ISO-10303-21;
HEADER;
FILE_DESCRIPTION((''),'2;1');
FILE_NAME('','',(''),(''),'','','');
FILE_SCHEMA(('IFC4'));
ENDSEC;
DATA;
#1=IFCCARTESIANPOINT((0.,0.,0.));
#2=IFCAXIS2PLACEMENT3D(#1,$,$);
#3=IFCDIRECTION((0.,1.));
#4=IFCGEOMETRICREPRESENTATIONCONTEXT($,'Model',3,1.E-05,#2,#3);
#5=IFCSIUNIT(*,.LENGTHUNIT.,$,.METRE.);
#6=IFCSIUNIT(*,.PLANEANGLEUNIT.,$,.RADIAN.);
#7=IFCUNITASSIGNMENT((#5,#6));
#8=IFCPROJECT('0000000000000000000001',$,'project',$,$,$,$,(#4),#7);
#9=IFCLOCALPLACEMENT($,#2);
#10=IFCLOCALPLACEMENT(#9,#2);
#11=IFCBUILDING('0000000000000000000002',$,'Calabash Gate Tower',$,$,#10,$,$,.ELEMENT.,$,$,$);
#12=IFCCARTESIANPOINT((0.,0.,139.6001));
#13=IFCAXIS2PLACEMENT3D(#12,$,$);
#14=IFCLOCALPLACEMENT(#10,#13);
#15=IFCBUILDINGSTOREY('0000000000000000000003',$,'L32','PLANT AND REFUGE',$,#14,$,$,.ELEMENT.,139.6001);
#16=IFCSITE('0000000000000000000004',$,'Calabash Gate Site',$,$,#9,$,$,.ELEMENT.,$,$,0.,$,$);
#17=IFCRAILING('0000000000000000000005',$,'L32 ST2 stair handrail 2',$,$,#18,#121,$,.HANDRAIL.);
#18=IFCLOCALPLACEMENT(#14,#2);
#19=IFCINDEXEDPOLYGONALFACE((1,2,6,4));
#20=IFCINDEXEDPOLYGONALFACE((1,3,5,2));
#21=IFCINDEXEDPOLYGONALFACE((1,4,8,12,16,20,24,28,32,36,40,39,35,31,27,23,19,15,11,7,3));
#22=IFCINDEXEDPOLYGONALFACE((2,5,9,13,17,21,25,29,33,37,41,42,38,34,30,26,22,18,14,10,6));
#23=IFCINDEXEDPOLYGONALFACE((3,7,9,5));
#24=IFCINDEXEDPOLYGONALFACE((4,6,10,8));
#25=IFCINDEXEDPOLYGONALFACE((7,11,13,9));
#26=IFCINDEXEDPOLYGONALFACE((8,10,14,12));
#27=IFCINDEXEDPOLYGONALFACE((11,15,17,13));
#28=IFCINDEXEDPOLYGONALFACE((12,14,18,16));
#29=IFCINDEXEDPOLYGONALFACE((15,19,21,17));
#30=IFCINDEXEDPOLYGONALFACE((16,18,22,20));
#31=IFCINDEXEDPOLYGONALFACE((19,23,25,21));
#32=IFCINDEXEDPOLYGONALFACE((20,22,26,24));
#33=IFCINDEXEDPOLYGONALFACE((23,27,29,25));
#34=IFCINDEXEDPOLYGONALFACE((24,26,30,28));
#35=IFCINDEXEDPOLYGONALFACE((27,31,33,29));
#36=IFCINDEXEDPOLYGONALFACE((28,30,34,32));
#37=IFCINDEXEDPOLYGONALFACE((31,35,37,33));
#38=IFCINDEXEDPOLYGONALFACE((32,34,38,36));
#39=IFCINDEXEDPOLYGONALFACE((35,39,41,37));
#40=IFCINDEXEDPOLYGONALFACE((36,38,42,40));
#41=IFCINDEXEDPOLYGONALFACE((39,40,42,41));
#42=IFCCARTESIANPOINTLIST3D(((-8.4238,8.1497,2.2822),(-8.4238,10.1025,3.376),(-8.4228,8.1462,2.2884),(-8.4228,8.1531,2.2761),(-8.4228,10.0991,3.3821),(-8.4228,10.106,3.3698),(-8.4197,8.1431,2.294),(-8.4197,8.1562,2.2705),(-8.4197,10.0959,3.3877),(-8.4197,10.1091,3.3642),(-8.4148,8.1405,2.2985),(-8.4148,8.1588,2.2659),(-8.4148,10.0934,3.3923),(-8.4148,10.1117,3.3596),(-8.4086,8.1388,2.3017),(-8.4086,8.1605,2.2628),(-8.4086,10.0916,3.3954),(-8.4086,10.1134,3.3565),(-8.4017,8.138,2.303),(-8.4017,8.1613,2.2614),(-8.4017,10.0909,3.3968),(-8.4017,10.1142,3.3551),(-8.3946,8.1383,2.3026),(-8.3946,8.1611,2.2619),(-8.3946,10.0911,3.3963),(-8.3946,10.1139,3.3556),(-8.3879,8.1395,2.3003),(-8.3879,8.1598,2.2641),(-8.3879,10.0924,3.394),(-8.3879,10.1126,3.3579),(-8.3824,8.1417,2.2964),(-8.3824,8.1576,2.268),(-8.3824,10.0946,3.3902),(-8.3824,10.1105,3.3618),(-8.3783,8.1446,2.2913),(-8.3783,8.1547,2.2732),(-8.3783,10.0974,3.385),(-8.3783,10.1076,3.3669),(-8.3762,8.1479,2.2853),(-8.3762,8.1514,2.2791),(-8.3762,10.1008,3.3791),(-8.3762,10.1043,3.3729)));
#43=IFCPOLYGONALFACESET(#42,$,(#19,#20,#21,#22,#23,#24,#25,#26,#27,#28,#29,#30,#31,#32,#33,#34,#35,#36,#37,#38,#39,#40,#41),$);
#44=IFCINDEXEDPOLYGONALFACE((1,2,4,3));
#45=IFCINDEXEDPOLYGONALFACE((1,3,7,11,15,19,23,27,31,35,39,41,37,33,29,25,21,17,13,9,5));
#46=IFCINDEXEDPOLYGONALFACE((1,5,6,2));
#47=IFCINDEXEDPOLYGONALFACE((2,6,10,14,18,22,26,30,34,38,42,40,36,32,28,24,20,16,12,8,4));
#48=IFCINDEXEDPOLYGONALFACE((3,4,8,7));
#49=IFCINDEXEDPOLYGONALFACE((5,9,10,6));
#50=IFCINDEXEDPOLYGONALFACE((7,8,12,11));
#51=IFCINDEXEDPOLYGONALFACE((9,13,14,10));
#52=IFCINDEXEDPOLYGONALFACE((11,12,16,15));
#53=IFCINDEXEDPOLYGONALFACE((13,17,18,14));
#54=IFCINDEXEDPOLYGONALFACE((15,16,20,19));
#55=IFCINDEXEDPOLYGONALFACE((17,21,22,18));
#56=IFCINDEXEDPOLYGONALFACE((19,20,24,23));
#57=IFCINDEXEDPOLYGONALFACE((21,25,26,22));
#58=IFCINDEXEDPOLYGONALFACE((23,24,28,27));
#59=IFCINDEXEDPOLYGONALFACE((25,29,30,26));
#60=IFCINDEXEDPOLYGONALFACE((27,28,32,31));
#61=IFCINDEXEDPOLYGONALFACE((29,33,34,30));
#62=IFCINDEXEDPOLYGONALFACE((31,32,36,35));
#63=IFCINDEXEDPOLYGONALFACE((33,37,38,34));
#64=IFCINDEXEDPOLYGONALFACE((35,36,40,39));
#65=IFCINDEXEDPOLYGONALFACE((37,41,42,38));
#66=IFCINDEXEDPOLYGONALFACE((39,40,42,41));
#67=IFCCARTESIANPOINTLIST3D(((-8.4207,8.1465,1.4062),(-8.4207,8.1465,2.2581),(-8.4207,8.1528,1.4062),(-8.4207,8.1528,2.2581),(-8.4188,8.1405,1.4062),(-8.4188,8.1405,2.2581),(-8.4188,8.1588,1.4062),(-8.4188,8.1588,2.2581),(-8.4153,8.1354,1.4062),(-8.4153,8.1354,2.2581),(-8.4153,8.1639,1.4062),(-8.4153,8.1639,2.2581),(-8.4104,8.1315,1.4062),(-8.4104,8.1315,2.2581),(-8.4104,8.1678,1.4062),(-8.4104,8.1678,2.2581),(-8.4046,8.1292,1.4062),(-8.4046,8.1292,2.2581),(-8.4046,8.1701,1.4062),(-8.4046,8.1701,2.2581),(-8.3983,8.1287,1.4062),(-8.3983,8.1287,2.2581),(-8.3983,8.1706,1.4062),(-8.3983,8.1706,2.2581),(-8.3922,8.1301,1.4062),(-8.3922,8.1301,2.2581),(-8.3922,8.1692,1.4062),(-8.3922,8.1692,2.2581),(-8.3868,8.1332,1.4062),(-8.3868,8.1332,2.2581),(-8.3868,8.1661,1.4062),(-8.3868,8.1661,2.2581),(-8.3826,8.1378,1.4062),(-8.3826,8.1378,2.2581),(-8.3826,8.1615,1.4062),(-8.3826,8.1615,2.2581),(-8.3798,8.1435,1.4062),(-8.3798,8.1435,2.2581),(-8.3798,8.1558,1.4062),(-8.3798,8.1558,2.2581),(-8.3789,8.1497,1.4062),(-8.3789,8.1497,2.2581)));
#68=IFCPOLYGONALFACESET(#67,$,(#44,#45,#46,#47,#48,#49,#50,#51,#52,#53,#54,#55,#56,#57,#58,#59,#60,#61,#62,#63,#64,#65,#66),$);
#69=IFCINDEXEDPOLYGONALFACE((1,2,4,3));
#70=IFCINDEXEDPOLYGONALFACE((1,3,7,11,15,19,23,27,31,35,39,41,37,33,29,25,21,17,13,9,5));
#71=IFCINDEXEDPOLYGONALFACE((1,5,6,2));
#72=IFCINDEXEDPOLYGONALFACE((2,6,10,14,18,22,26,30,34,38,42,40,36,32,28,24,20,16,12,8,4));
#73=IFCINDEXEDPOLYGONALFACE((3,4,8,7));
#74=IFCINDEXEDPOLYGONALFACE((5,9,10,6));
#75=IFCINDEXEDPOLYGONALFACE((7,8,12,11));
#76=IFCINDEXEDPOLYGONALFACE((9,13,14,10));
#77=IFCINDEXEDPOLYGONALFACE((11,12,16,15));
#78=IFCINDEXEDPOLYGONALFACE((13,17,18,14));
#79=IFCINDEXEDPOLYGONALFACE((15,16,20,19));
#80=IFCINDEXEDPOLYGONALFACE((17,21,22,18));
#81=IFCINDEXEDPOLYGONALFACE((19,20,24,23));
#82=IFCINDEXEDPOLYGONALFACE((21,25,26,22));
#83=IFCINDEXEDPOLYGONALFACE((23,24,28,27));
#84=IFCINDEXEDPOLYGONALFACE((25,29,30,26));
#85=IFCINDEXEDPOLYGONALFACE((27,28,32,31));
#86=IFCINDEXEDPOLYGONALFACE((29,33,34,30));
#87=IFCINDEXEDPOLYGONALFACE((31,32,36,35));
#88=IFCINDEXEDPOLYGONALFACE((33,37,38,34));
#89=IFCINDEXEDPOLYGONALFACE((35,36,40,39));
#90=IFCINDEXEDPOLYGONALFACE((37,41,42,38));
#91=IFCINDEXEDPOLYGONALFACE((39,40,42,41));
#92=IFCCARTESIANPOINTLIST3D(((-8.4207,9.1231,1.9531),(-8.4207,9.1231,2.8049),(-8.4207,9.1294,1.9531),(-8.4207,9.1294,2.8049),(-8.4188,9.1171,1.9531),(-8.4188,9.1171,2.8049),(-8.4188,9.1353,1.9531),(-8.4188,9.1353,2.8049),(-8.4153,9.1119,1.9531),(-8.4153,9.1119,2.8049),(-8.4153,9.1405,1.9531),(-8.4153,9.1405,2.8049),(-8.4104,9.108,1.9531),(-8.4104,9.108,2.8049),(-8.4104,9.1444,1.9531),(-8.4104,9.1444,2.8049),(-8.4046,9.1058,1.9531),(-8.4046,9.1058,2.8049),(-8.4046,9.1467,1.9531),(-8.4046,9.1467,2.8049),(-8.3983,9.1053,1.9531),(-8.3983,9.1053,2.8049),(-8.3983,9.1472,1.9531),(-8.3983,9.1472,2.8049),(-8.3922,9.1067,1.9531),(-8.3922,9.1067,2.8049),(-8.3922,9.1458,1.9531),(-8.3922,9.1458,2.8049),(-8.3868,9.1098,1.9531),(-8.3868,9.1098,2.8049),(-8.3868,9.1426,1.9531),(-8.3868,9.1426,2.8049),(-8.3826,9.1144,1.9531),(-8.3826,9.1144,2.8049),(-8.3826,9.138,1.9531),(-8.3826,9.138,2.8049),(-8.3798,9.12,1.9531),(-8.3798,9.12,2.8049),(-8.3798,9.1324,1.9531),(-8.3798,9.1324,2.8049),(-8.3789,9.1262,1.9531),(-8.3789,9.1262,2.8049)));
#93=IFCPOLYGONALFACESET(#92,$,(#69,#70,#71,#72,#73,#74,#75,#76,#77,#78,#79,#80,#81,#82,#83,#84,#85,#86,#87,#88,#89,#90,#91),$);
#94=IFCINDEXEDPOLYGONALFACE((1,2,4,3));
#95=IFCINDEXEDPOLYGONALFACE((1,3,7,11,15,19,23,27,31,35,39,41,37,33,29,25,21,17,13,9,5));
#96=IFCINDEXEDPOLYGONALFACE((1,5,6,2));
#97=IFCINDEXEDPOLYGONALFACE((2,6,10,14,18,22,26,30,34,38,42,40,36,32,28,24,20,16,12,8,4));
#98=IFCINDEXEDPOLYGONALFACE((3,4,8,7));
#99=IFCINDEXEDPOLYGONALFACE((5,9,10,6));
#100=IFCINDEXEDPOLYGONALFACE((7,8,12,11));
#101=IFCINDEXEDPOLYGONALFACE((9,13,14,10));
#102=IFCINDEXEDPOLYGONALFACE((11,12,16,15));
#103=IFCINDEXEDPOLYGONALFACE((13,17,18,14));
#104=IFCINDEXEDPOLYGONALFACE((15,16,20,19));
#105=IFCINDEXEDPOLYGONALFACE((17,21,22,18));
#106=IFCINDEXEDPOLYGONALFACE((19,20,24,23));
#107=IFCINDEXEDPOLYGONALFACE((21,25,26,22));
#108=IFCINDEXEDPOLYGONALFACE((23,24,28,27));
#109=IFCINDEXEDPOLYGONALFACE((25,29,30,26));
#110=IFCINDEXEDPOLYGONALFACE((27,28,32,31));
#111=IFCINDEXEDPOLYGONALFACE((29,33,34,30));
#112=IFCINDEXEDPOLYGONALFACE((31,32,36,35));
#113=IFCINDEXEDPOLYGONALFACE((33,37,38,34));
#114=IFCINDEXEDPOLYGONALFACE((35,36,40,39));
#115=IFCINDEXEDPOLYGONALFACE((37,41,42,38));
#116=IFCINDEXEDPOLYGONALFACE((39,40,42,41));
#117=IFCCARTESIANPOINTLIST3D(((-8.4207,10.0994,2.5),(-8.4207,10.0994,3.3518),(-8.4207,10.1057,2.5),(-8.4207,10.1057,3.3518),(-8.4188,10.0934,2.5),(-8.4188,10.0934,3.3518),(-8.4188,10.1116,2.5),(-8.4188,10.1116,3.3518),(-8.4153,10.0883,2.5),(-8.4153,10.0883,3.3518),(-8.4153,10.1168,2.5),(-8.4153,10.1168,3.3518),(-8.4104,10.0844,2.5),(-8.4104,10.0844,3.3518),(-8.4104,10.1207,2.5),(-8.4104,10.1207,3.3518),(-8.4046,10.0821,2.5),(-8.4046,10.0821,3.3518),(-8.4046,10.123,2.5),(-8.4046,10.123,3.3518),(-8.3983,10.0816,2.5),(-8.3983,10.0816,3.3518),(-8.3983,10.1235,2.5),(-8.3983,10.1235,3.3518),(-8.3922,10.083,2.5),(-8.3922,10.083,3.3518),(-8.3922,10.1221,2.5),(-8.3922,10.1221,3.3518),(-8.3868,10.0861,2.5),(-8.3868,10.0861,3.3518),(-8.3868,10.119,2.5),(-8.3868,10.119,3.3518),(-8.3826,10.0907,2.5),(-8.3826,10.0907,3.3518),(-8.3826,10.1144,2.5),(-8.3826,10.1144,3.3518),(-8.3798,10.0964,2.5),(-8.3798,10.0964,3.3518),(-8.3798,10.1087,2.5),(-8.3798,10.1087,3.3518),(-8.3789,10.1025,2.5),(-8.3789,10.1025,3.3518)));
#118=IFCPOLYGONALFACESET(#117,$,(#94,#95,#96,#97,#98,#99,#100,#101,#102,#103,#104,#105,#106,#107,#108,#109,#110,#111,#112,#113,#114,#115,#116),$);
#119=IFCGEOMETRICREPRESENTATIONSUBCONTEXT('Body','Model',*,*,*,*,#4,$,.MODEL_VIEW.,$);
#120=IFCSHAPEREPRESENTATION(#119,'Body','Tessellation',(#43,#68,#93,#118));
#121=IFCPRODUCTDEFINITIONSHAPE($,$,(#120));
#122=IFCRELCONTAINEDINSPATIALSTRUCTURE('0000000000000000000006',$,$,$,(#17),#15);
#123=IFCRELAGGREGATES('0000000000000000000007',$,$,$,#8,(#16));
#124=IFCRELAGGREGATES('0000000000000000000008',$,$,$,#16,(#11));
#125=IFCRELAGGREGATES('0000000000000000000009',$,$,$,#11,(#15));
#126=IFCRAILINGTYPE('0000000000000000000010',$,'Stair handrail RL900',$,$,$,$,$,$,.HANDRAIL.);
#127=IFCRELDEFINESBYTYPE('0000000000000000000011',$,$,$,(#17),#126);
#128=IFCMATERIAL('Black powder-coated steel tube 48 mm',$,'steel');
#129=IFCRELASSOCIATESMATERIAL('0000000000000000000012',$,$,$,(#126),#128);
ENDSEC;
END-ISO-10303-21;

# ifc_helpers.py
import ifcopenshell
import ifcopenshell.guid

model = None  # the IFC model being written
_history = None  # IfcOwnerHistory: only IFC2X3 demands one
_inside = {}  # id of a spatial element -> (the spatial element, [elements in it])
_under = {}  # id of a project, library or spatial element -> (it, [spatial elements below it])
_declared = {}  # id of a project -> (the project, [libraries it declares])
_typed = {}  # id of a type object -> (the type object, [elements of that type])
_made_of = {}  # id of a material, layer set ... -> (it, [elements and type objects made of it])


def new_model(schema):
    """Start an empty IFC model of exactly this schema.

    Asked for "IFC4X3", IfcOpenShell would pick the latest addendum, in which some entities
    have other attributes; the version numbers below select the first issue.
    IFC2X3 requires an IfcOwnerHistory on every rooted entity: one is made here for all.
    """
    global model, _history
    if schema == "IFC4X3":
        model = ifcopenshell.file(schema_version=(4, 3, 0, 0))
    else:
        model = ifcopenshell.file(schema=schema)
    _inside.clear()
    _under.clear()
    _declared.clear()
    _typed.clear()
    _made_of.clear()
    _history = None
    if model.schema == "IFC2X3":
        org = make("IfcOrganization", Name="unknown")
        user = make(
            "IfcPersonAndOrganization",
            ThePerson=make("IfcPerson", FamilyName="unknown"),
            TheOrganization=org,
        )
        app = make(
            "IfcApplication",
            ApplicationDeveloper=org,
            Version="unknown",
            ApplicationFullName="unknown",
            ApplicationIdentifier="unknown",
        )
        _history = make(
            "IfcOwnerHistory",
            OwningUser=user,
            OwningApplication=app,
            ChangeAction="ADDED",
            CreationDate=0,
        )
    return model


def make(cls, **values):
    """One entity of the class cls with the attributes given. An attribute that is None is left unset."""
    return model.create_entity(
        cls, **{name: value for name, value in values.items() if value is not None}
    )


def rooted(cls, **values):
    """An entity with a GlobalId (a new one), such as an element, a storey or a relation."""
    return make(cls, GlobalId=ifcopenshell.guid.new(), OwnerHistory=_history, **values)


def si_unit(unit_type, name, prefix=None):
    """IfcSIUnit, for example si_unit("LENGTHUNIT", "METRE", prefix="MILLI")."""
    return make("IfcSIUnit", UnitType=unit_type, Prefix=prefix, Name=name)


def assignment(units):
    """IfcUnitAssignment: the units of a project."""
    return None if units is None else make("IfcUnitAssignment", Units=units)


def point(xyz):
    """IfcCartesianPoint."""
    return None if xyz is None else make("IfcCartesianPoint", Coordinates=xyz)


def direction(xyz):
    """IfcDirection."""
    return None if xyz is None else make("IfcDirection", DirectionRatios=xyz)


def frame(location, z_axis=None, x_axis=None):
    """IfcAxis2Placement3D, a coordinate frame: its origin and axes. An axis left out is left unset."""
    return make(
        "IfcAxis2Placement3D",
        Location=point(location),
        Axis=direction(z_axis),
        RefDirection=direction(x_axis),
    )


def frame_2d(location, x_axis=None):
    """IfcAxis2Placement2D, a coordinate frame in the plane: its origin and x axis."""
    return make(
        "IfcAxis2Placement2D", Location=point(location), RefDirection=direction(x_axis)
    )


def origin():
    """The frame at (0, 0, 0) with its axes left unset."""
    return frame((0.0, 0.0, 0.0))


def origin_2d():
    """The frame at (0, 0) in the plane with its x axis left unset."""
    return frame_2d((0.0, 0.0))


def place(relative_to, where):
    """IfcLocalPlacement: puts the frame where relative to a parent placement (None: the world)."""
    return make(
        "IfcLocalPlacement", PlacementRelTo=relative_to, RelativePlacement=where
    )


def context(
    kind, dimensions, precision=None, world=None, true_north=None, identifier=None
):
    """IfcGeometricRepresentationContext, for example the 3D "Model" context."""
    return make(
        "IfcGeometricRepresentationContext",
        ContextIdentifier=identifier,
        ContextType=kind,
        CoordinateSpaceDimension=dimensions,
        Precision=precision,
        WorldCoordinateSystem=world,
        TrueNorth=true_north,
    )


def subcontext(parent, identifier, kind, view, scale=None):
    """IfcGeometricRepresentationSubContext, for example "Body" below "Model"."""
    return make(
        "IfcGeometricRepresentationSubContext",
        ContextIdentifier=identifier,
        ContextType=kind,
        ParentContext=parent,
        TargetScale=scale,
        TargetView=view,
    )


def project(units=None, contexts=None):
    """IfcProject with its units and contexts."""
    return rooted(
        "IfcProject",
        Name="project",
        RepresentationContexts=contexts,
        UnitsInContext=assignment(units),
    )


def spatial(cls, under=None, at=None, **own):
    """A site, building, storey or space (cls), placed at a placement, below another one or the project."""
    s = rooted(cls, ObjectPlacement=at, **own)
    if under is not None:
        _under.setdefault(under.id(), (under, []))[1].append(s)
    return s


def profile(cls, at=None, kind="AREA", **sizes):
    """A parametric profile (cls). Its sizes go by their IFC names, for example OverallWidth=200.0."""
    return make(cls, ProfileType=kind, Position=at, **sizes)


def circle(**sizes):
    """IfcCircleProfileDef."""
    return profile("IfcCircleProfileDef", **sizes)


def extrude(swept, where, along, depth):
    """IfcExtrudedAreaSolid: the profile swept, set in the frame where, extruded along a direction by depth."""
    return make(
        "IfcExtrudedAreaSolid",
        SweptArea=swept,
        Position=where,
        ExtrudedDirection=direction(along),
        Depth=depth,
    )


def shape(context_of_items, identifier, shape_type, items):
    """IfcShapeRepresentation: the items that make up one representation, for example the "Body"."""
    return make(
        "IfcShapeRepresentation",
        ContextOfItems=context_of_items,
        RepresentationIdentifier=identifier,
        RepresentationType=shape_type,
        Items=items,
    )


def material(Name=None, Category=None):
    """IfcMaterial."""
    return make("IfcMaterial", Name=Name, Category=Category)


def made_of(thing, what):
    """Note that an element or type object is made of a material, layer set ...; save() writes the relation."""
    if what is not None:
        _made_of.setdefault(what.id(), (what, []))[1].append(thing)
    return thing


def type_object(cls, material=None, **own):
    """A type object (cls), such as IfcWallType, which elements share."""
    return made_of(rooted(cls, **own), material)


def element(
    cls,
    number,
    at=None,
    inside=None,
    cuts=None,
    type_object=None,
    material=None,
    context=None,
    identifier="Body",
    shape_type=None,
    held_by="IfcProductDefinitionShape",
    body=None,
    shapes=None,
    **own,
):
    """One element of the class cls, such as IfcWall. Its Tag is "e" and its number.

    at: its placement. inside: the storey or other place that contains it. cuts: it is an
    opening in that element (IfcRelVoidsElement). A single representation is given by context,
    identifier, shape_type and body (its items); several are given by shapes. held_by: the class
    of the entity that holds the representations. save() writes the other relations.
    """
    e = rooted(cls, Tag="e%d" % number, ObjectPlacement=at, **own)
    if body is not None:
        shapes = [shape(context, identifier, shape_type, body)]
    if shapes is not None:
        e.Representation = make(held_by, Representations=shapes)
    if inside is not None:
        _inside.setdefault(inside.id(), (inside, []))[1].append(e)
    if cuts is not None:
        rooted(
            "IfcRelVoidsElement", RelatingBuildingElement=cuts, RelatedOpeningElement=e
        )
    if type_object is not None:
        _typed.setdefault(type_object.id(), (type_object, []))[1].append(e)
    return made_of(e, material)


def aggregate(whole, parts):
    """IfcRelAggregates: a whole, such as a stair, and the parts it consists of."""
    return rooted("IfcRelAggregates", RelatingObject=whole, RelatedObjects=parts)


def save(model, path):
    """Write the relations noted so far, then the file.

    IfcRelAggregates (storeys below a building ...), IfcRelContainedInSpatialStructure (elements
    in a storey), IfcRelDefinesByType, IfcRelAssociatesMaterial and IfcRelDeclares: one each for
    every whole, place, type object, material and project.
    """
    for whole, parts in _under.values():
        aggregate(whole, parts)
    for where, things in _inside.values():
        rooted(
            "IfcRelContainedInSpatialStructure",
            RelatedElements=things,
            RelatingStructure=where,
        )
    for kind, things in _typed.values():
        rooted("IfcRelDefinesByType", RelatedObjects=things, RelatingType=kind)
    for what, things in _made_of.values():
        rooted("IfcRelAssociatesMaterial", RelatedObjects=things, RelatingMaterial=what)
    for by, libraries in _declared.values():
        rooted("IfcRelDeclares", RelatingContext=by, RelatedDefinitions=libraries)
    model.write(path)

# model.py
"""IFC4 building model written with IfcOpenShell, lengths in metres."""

from ifc_helpers import new_model, si_unit, direction, frame, origin, origin_2d, place, context, subcontext, project, spatial, circle, extrude, material, type_object, element, save


model = new_model("IFC4")

# Units and contexts
model_context = context("Model", 3, precision=1e-05, world=origin(), true_north=direction((0.0, 1.0)))
body_context = subcontext(model_context, "Body", "Model", "MODEL_VIEW")
ifc_project = project(units=[si_unit("LENGTHUNIT", "METRE"), si_unit("PLANEANGLEUNIT", "RADIAN")], contexts=[model_context])

# Site, building, storey
site_placement = place(None, origin())
site = spatial("IfcSite", under=ifc_project, at=site_placement, Name="Calabash Gate Site", CompositionType="ELEMENT", RefElevation=0.0)
building_placement = place(site_placement, origin())
building = spatial("IfcBuilding", under=site, at=building_placement, Name="Calabash Gate Tower", CompositionType="ELEMENT")
storey_placement = place(building_placement, frame((0.0, 0.0, 139.6001)))
storey = spatial("IfcBuildingStorey", under=building, at=storey_placement, Name="L32", Description="PLANT AND REFUGE", CompositionType="ELEMENT", Elevation=139.6001)

# Railing
ifc_material_1 = material(Name="Black powder-coated steel tube 48 mm", Category="steel")
railing_type_1 = type_object("IfcRailingType", Name="Stair handrail RL900", PredefinedType="HANDRAIL", material=ifc_material_1)
railing_1_placement = place(storey_placement, frame((-8.3999, 8.1497, 1.4062)))
element("IfcRailing", 1, at=railing_1_placement, inside=storey, type_object=railing_type_1, Name="L32 ST2 stair handrail 2", PredefinedType="HANDRAIL", context=body_context, shape_type="SweptSolid", body=[
    extrude(circle(Radius=0.0239, at=origin_2d()), frame((0.0, 0.0, 0.876), z_axis=(0.0, 0.87248, 0.48865), x_axis=(-1.0, 0.0, 0.0)), (0.0, 0.0, 1.0), 2.2383),
    extrude(circle(Radius=0.021, at=origin_2d()), origin(), (0.0, 0.0, 1.0), 0.8518),
    extrude(circle(Radius=0.021, at=origin_2d()), frame((0.0, 0.9766, 0.5469)), (0.0, 0.0, 1.0), 0.8518),
    extrude(circle(Radius=0.021, at=origin_2d()), frame((0.0, 1.9529, 1.0938)), (0.0, 0.0, 1.0), 0.8518),
])

save(model, "model.ifc")
